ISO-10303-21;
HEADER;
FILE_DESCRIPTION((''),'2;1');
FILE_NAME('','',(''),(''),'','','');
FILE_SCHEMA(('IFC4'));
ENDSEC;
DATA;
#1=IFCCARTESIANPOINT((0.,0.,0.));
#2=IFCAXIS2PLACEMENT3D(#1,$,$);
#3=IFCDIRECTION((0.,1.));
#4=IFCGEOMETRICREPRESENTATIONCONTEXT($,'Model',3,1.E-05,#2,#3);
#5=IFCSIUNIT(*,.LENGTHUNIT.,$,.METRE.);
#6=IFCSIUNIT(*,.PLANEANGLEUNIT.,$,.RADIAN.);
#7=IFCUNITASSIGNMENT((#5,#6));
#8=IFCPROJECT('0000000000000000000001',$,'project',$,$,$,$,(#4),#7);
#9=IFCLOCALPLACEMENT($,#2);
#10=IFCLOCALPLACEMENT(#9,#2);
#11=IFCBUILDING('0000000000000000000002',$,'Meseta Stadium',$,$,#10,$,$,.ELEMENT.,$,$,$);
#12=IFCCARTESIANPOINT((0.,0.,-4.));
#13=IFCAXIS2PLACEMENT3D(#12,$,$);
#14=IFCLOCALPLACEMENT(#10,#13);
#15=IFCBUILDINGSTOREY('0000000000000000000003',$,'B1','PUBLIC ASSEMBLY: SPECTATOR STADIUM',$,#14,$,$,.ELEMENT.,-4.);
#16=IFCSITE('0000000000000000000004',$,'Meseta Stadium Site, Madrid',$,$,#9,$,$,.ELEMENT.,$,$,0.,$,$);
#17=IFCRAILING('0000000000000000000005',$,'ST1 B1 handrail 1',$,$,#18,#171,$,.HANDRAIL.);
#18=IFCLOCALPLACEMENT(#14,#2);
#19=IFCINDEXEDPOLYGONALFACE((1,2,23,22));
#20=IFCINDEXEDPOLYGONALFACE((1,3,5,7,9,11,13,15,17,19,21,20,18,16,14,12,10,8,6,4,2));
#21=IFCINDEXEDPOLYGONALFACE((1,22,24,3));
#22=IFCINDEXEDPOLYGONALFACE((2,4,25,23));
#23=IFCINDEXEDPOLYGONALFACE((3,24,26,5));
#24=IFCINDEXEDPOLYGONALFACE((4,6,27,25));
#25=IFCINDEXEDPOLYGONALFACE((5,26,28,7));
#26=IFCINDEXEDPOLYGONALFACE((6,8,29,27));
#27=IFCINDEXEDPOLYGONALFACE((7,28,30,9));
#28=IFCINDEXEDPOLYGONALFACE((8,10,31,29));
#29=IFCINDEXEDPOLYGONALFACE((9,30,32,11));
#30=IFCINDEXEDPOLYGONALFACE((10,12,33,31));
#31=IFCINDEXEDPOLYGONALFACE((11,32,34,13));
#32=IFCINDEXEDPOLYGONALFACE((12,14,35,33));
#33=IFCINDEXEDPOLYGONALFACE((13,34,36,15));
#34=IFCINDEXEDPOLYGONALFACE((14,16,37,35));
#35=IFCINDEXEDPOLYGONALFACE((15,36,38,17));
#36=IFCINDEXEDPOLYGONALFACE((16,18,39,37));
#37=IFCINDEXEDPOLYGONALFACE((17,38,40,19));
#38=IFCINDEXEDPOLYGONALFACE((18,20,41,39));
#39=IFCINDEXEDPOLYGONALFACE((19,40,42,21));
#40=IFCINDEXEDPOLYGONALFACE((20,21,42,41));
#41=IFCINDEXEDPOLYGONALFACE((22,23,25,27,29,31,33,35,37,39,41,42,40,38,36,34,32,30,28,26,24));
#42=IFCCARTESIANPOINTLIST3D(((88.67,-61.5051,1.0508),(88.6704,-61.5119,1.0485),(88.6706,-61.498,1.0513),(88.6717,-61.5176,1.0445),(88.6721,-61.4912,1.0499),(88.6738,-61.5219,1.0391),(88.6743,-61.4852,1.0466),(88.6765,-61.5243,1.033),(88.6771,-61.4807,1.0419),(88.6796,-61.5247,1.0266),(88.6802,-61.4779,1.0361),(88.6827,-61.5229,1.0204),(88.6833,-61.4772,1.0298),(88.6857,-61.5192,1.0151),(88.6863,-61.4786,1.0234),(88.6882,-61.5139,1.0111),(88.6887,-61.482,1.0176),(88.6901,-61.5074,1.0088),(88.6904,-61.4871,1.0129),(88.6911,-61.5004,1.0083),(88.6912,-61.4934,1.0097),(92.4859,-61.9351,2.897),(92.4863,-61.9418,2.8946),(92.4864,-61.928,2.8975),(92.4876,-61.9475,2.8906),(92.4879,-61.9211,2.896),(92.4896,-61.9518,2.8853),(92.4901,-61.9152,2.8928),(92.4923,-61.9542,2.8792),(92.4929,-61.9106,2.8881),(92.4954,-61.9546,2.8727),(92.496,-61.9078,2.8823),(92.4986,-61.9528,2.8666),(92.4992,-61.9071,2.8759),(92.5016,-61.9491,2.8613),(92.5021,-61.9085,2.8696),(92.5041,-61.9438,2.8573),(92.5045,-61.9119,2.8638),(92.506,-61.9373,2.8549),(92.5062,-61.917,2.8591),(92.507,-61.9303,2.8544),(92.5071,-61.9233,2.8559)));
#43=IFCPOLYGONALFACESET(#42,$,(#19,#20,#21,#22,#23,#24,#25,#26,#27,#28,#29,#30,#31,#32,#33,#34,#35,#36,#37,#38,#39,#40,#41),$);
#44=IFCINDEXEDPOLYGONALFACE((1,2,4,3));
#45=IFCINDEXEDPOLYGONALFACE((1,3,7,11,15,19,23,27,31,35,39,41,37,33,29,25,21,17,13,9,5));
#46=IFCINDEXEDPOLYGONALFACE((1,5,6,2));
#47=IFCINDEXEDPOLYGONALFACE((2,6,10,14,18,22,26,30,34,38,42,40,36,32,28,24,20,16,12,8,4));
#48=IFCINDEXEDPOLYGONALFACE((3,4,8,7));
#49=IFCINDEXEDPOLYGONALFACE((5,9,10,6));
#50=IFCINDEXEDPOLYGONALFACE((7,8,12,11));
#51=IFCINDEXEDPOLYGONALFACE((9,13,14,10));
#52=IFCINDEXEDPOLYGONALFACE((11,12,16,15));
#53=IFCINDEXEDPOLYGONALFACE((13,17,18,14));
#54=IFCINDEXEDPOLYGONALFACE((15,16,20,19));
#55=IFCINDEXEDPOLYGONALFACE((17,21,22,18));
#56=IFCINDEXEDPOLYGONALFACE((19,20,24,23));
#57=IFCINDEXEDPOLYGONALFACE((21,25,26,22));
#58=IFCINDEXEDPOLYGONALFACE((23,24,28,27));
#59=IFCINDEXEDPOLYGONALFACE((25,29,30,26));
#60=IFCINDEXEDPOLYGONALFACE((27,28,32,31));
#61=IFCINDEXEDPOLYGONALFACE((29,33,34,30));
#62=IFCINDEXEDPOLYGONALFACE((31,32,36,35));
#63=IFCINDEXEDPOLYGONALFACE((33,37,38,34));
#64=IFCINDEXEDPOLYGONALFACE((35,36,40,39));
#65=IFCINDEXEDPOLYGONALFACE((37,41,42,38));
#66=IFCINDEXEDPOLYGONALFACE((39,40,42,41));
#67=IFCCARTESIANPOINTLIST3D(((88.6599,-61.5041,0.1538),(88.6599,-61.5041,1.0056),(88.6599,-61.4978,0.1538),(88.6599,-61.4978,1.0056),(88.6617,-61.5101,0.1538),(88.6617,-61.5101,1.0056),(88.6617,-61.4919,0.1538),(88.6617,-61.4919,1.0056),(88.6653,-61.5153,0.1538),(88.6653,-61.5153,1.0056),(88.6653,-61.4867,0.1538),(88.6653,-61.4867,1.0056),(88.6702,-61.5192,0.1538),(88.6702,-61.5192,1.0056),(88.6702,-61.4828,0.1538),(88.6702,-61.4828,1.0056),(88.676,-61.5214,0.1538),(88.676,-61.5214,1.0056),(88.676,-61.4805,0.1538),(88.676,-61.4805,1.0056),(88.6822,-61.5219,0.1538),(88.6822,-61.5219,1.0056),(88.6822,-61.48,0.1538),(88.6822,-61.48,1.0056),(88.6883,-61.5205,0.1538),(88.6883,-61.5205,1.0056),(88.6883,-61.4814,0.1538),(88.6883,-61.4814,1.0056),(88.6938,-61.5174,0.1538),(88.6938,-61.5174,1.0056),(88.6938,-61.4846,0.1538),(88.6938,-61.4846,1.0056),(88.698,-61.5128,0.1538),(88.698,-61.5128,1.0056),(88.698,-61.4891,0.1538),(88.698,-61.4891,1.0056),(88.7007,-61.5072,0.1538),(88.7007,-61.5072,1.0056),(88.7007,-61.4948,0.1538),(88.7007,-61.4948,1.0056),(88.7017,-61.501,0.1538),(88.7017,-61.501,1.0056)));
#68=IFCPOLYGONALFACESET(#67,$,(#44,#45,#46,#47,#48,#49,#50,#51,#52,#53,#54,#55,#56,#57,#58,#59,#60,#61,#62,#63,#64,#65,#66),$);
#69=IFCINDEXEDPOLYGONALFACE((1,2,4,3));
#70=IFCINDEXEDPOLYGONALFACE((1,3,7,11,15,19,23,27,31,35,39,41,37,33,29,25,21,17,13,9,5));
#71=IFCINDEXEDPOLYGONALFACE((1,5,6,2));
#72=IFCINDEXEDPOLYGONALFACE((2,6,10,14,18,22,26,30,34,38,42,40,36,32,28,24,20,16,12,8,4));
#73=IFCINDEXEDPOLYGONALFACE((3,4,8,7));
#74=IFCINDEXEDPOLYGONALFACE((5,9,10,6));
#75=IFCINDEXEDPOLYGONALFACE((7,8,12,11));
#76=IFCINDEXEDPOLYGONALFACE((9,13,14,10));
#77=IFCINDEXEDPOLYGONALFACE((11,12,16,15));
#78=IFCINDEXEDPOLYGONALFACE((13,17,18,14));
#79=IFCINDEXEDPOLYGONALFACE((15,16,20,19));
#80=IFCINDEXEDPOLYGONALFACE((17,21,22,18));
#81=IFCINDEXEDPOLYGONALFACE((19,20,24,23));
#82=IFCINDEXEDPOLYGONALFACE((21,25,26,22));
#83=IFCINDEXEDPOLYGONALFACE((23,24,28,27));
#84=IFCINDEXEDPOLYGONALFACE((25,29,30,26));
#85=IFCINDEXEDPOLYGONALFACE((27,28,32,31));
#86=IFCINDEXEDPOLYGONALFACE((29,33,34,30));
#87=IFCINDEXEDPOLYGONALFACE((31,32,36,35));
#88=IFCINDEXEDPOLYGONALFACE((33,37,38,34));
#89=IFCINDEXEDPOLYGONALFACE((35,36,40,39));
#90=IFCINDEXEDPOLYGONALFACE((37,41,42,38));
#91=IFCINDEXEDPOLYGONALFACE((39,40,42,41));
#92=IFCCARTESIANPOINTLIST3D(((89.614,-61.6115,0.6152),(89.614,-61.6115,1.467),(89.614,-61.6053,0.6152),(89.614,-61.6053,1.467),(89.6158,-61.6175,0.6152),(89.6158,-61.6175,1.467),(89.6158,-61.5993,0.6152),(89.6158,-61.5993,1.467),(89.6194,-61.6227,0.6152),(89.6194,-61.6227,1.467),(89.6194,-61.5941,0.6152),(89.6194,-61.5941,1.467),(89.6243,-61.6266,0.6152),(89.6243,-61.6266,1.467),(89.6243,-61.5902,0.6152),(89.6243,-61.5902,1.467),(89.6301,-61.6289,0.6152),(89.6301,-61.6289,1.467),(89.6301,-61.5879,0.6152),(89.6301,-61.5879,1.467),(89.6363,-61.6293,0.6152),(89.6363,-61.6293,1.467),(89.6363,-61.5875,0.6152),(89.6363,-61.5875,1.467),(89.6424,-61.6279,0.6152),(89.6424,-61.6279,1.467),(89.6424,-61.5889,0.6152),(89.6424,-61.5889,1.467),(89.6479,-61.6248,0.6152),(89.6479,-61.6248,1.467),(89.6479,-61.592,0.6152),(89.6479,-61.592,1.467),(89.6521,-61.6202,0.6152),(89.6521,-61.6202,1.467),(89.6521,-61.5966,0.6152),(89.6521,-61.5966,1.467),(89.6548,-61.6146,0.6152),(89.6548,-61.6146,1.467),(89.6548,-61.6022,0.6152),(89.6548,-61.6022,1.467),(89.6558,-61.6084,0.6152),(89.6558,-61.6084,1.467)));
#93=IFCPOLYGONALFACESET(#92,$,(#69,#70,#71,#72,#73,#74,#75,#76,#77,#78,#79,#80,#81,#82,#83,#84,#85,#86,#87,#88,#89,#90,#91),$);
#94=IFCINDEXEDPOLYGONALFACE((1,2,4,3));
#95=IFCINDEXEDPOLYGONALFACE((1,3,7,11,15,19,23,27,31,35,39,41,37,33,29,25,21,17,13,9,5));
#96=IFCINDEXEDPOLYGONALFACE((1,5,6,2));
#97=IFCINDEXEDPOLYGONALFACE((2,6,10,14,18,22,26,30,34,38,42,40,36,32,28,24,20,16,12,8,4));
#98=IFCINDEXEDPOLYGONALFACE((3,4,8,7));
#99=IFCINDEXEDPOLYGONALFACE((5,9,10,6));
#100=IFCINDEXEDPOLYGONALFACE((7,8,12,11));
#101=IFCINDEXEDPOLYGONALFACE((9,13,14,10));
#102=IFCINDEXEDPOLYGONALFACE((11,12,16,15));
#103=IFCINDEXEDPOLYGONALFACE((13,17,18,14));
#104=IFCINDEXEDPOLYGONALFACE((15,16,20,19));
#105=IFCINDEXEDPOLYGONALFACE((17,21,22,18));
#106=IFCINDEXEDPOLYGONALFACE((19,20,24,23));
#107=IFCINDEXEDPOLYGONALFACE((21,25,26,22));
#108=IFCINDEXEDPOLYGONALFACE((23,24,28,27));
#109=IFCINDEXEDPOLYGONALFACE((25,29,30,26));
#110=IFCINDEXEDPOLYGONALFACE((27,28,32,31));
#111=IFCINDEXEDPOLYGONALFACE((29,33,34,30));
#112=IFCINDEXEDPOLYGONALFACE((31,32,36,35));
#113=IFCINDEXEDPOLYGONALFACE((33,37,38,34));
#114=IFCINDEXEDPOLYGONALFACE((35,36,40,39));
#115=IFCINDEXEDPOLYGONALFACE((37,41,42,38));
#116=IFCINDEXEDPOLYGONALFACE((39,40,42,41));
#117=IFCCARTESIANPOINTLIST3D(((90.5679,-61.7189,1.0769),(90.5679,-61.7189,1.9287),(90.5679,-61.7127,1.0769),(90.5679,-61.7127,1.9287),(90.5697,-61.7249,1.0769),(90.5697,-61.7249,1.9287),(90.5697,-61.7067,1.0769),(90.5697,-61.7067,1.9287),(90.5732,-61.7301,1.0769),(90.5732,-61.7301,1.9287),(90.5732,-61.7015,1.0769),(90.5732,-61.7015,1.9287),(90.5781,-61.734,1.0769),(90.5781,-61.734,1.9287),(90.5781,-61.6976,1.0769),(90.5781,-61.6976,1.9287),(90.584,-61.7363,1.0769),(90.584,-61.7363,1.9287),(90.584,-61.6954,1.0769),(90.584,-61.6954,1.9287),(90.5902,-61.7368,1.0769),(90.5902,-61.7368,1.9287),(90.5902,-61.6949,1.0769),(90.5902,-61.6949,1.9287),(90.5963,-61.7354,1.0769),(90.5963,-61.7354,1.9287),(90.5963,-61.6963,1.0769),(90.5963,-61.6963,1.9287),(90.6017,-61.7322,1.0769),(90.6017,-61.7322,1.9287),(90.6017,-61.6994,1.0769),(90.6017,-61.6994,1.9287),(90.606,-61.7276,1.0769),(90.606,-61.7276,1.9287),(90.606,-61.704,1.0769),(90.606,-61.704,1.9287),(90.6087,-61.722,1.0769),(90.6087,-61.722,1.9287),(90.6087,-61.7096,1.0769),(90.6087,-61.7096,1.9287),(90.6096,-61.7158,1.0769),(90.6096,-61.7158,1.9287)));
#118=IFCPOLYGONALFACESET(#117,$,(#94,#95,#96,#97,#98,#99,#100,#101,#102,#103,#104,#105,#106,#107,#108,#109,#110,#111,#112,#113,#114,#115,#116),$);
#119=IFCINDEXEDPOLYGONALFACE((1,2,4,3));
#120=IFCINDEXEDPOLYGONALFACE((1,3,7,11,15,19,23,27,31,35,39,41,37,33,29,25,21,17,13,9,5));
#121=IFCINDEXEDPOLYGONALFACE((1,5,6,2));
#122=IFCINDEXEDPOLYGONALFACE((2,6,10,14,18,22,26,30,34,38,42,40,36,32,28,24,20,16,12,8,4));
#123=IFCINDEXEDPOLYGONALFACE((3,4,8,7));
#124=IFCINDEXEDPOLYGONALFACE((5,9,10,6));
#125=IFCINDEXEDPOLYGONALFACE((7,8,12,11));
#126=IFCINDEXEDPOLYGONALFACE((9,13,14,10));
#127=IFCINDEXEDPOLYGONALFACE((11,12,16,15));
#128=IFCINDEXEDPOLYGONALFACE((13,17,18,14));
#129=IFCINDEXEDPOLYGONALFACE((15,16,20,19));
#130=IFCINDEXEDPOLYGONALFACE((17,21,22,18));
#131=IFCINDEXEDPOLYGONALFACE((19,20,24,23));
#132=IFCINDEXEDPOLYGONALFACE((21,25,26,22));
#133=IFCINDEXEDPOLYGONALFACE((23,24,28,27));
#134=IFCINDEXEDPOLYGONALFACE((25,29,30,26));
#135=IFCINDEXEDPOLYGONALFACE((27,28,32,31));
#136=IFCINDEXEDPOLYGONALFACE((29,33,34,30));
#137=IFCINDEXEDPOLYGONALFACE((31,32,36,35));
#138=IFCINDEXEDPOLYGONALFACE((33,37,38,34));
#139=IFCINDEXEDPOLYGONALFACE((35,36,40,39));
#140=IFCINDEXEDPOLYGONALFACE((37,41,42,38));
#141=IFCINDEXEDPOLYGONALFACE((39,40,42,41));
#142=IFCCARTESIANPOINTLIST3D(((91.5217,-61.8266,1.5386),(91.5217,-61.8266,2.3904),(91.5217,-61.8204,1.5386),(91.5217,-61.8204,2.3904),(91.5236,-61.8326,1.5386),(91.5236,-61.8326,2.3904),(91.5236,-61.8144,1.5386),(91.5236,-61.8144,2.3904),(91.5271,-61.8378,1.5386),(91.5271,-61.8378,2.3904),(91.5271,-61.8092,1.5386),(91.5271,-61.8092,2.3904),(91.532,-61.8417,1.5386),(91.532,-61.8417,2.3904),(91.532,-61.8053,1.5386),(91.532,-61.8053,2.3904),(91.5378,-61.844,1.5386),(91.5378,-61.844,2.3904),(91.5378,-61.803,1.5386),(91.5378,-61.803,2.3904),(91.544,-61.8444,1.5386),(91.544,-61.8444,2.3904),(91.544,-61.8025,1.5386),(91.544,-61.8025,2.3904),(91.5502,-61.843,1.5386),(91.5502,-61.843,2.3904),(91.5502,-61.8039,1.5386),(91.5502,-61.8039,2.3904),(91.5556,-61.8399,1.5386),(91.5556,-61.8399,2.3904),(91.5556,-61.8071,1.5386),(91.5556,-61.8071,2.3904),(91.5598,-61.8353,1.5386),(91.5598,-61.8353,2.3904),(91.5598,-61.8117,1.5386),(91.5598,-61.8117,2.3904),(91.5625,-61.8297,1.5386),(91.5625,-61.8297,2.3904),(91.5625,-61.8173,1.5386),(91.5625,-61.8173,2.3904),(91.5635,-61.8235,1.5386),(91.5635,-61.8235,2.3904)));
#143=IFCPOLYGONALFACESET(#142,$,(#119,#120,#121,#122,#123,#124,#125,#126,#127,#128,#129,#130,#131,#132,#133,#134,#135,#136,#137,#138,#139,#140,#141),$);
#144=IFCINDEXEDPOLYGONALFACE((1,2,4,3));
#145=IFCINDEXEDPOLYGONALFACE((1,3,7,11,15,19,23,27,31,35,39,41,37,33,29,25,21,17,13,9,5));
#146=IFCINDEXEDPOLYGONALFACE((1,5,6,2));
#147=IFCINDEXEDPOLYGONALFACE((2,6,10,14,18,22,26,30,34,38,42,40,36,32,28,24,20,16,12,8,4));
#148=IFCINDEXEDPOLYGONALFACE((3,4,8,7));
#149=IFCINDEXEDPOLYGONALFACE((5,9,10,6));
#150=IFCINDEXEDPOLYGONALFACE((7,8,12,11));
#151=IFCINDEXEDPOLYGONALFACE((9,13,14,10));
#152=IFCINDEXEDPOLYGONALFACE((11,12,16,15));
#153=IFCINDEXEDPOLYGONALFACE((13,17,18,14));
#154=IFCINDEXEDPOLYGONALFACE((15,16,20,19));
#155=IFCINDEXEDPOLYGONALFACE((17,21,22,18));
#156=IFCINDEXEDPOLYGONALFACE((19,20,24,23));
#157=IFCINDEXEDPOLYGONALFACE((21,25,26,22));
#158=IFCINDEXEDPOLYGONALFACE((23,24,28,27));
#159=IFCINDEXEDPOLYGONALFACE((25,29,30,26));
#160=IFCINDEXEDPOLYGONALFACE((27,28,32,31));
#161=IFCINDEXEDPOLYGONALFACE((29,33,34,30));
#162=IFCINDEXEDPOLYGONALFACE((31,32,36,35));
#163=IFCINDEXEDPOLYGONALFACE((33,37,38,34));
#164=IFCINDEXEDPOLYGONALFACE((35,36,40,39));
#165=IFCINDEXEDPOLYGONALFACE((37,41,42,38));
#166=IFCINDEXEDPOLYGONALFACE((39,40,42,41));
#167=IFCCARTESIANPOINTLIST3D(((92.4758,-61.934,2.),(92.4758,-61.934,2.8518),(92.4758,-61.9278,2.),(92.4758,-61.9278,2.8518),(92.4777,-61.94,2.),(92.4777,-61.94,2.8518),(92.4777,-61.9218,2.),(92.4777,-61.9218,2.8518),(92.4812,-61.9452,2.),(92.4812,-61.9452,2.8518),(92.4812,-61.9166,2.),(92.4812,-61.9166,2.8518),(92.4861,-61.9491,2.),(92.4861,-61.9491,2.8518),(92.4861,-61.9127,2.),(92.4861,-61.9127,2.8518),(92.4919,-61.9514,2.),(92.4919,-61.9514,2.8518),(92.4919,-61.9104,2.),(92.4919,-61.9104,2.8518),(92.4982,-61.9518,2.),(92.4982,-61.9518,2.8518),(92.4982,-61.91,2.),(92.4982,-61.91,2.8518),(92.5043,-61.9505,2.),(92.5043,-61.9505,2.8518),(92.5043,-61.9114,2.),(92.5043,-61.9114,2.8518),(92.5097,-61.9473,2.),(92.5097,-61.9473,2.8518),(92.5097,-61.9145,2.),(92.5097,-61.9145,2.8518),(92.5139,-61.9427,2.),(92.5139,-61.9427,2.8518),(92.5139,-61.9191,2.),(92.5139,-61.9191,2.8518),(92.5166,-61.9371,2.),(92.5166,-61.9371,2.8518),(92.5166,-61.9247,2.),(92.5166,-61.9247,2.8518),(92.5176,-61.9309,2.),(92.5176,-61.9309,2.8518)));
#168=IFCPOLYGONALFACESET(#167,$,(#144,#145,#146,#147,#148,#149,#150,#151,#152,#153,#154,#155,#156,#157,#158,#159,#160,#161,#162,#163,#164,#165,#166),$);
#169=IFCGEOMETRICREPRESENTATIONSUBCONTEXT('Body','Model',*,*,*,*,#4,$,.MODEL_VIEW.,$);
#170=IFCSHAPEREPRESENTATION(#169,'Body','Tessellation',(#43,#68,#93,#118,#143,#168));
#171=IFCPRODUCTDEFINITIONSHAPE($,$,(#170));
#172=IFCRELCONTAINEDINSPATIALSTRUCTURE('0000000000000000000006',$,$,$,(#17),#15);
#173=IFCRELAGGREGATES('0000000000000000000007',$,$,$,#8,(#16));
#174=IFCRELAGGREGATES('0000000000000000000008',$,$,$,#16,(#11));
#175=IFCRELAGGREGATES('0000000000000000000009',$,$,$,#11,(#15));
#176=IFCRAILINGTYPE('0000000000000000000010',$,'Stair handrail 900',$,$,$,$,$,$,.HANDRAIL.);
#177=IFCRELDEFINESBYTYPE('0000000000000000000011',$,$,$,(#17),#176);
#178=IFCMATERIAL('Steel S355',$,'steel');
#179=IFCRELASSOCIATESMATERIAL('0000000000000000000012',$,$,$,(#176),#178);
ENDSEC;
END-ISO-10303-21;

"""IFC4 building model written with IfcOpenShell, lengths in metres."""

from ifc_helpers import new_model, si_unit, direction, frame, origin, origin_2d, place, context, subcontext, project, spatial, circle, extrude, material, type_object, element, save


model = new_model("IFC4")

# Units and contexts
model_context = context("Model", 3, precision=1e-05, world=origin(), true_north=direction((0.0, 1.0)))
body_context = subcontext(model_context, "Body", "Model", "MODEL_VIEW")
ifc_project = project(units=[si_unit("LENGTHUNIT", "METRE"), si_unit("PLANEANGLEUNIT", "RADIAN")], contexts=[model_context])

# Site, building, storey
site_placement = place(None, origin())
site = spatial("IfcSite", under=ifc_project, at=site_placement, Name="Meseta Stadium Site, Madrid", CompositionType="ELEMENT", RefElevation=0.0)
building_placement = place(site_placement, origin())
building = spatial("IfcBuilding", under=site, at=building_placement, Name="Meseta Stadium", CompositionType="ELEMENT")
storey_placement = place(building_placement, frame((0.0, 0.0, -4.0)))
storey = spatial("IfcBuildingStorey", under=building, at=storey_placement, Name="B1", Description="PUBLIC ASSEMBLY: SPECTATOR STADIUM", CompositionType="ELEMENT", Elevation=-4.0)

# Railing
ifc_material_1 = material(Name="Steel S355", Category="steel")
railing_type_1 = type_object("IfcRailingType", Name="Stair handrail 900", PredefinedType="HANDRAIL", material=ifc_material_1)
railing_1_placement = place(storey_placement, frame((88.6807, -61.501, 0.1538)))
element("IfcRailing", 1, at=railing_1_placement, inside=storey, type_object=railing_type_1, Name="ST1 B1 handrail 1", PredefinedType="HANDRAIL", context=body_context, shape_type="SweptSolid", body=[
    extrude(circle(Radius=0.0239, at=origin_2d()), frame((0.0, 0.0, 0.876), z_axis=(0.895585, -0.100904, 0.433296), x_axis=(0.11196, 0.993713, 0.0)), (0.0, 0.0, 1.0), 4.2607),
    extrude(circle(Radius=0.021, at=origin_2d()), origin(), (0.0, 0.0, 1.0), 0.8518),
    extrude(circle(Radius=0.021, at=origin_2d()), frame((0.9541, -0.1074, 0.4614)), (0.0, 0.0, 1.0), 0.8518),
    extrude(circle(Radius=0.021, at=origin_2d()), frame((1.908, -0.2148, 0.9231)), (0.0, 0.0, 1.0), 0.8518),
    extrude(circle(Radius=0.021, at=origin_2d()), frame((2.8618, -0.3225, 1.3848)), (0.0, 0.0, 1.0), 0.8518),
    extrude(circle(Radius=0.021, at=origin_2d()), frame((3.8159, -0.4299, 1.8462)), (0.0, 0.0, 1.0), 0.8518),
])

save(model, "model.ifc")
